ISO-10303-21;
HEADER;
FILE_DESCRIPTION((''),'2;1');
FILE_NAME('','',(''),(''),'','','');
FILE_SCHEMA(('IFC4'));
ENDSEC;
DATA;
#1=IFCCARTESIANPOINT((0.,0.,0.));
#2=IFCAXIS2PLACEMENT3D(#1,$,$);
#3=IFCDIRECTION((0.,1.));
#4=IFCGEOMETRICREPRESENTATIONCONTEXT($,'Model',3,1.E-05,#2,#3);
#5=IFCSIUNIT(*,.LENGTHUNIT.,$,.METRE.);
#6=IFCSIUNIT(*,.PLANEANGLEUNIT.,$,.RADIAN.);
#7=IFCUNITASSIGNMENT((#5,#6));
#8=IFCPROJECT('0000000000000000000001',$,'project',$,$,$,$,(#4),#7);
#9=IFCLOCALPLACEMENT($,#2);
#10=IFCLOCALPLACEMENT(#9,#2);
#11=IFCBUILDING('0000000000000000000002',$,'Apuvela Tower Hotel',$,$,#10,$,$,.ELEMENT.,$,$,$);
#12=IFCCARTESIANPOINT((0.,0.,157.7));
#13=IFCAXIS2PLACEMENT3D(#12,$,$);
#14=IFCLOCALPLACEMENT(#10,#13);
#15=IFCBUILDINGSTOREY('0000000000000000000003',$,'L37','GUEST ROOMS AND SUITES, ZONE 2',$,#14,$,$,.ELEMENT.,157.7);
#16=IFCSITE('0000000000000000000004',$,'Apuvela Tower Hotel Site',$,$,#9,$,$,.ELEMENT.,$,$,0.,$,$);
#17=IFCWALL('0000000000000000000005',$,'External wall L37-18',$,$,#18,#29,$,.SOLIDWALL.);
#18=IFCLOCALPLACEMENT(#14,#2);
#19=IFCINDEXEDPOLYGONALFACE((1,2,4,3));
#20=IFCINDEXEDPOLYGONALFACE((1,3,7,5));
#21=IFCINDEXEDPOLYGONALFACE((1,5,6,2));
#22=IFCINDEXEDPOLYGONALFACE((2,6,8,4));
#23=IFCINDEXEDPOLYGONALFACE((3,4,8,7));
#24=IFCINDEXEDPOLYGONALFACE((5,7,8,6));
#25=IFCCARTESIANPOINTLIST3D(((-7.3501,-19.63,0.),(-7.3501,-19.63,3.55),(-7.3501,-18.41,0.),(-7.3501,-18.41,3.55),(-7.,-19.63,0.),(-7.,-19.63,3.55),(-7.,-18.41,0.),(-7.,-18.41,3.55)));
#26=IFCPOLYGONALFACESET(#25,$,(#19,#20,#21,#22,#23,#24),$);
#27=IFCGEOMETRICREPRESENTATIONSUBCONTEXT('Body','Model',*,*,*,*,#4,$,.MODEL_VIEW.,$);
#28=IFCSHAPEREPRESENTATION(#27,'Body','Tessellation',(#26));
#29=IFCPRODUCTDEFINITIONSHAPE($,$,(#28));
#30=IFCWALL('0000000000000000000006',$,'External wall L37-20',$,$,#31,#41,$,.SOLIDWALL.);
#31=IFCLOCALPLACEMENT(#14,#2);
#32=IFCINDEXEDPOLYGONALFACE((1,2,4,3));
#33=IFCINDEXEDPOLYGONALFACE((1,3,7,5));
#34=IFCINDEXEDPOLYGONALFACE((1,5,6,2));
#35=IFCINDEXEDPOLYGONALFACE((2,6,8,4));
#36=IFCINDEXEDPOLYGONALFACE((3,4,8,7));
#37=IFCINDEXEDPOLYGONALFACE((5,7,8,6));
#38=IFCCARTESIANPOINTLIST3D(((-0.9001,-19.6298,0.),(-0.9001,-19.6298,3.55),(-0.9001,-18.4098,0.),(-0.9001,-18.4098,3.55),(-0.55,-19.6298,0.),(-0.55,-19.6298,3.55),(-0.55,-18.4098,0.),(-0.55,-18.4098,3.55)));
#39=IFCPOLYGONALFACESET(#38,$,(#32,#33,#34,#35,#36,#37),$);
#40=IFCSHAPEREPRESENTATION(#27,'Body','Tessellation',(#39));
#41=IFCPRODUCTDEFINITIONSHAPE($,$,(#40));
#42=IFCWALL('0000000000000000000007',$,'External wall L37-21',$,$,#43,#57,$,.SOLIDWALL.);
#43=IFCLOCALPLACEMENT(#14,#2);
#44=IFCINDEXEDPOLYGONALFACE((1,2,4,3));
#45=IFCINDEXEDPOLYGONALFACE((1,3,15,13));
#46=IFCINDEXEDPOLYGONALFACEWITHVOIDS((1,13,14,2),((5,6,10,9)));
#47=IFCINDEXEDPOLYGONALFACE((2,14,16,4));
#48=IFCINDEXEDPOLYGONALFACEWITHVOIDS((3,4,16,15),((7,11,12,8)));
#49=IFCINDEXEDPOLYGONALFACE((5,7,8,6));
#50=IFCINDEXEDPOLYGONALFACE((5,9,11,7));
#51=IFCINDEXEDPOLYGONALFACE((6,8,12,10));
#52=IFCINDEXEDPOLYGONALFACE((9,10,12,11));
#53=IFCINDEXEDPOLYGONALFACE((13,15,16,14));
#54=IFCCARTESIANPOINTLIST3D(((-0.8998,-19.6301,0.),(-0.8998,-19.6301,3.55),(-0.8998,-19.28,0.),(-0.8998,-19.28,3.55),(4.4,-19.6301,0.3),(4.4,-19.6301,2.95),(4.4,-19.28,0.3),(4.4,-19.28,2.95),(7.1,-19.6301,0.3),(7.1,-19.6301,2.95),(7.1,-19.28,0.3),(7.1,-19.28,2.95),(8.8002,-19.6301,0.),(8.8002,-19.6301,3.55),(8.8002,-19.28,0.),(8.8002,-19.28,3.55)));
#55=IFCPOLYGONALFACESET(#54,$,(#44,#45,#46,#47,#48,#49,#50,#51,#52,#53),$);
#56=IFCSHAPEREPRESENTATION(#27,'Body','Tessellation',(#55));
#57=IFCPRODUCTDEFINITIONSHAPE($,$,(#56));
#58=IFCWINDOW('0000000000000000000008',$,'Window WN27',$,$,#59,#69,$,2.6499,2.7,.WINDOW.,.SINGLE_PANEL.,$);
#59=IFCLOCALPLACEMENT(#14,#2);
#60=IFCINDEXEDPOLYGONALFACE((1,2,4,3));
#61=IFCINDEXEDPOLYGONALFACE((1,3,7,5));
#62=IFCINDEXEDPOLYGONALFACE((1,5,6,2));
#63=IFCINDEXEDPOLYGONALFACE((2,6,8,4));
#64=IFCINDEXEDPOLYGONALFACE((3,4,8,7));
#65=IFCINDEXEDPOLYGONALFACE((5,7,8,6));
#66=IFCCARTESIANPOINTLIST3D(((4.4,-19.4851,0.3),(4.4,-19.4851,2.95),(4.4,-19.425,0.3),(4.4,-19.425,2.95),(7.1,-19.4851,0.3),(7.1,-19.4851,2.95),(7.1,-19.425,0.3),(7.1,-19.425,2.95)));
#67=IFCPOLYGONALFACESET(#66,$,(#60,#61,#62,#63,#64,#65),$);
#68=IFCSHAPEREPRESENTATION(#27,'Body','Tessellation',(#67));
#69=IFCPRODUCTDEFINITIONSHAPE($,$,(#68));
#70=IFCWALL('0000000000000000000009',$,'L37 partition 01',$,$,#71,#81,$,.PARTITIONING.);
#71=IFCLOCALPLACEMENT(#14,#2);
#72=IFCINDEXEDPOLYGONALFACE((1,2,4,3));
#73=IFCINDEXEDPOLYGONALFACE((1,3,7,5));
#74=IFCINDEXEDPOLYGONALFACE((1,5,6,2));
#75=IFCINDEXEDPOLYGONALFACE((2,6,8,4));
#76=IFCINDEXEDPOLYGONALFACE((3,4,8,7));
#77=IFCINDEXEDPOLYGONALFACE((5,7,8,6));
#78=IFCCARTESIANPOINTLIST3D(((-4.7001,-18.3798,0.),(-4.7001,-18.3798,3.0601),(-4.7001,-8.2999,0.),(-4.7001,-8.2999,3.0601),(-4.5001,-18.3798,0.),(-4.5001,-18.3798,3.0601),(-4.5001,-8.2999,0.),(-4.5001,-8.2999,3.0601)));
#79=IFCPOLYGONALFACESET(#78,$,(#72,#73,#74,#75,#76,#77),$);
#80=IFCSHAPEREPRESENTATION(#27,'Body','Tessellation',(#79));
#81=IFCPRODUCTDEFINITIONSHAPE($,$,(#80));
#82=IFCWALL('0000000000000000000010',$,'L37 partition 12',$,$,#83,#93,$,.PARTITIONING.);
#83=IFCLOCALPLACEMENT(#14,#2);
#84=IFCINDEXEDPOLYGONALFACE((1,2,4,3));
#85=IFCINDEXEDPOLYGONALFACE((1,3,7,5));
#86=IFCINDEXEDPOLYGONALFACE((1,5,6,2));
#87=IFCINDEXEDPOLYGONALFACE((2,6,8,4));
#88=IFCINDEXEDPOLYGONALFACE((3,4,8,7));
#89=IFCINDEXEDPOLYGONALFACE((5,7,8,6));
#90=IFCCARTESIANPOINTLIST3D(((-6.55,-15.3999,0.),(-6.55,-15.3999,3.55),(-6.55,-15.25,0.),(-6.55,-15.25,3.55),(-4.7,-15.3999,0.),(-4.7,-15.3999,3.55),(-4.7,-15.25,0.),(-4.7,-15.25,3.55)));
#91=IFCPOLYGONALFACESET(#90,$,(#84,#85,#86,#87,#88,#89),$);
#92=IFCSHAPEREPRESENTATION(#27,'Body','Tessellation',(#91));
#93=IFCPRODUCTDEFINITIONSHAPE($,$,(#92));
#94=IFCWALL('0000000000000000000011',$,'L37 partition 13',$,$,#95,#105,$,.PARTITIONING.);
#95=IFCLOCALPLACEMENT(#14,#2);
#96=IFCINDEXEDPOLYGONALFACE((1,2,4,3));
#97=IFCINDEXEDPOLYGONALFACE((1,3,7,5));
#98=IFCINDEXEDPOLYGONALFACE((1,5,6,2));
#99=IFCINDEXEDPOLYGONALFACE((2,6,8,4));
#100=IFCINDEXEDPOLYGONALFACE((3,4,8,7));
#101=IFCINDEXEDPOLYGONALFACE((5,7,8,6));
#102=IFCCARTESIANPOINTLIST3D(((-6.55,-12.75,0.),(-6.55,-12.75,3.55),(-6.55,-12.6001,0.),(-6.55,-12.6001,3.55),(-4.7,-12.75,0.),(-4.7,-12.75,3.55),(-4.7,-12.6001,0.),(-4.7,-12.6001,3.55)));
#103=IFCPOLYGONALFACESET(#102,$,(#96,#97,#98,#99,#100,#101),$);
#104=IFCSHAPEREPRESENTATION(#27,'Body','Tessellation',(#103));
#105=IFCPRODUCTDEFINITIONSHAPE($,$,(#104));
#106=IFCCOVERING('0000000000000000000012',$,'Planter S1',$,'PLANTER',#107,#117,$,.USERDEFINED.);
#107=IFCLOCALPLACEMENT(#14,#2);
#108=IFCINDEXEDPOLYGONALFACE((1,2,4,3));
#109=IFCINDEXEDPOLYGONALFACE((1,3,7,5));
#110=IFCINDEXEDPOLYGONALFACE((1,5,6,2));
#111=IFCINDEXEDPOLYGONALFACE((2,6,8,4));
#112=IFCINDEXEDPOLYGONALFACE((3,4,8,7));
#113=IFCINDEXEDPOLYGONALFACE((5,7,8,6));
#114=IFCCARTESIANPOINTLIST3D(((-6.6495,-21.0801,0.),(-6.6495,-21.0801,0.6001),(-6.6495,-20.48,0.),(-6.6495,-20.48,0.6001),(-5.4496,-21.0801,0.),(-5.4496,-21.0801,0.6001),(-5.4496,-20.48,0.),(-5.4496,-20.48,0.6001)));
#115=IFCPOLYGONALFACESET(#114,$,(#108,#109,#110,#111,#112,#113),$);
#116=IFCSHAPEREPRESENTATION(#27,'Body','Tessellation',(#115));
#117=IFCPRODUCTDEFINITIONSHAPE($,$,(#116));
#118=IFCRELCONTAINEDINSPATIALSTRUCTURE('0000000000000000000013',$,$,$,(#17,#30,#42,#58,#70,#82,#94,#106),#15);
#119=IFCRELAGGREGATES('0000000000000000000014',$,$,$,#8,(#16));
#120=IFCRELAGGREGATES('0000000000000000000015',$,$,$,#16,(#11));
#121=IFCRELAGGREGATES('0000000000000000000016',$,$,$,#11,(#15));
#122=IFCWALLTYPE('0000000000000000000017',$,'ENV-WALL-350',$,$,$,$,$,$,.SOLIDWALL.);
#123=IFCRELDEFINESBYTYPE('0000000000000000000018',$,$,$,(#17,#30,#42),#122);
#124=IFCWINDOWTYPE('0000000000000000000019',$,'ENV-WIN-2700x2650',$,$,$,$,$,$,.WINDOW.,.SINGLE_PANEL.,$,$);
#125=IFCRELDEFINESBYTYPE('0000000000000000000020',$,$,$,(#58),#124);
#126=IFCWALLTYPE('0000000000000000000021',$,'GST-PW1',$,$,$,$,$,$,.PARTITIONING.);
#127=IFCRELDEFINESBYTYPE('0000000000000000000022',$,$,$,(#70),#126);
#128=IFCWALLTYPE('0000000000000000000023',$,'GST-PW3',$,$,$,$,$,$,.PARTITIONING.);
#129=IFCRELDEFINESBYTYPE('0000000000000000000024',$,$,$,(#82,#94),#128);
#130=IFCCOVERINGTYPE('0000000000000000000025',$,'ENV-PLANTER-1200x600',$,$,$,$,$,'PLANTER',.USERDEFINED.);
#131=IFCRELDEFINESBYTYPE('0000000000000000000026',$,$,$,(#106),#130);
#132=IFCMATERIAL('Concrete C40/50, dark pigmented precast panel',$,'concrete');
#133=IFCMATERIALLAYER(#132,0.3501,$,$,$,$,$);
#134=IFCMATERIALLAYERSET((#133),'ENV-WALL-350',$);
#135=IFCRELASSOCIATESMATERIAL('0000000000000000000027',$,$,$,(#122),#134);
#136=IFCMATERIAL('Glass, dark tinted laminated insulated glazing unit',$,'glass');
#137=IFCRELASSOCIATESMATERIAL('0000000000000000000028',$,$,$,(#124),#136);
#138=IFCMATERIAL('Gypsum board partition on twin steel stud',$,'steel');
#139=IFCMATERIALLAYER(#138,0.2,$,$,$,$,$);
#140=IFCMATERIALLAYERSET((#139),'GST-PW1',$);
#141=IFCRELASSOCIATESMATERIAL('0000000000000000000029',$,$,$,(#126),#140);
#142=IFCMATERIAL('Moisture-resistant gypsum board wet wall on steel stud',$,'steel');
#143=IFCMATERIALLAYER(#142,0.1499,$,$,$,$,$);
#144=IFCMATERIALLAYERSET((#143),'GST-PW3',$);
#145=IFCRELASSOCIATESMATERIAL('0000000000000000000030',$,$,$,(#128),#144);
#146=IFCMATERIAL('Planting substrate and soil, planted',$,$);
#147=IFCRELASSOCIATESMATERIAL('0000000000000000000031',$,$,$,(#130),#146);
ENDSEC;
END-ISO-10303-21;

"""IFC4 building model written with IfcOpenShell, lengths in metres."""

from ifc_helpers import new_model, si_unit, direction, frame, frame_2d, origin, origin_2d, place, context, subcontext, project, spatial, rectangle, extrude, material, layer, layer_set, type_object, element, fill, save


model = new_model("IFC4")

# Units and contexts
model_context = context("Model", 3, precision=1e-05, world=origin(), true_north=direction((0.0, 1.0)))
body_context = subcontext(model_context, "Body", "Model", "MODEL_VIEW")
ifc_project = project(units=[si_unit("LENGTHUNIT", "METRE"), si_unit("PLANEANGLEUNIT", "RADIAN")], contexts=[model_context])

# Site, building, storey
site_placement = place(None, origin())
site = spatial("IfcSite", under=ifc_project, at=site_placement, Name="Apuvela Tower Hotel Site", CompositionType="ELEMENT", RefElevation=0.0)
building_placement = place(site_placement, origin())
building = spatial("IfcBuilding", under=site, at=building_placement, Name="Apuvela Tower Hotel", CompositionType="ELEMENT")
storey_placement = place(building_placement, frame((0.0, 0.0, 157.7)))
storey = spatial("IfcBuildingStorey", under=building, at=storey_placement, Name="L37", Description="GUEST ROOMS AND SUITES, ZONE 2", CompositionType="ELEMENT", Elevation=157.7)

# Wall
ifc_material_1 = material(Name="Concrete C40/50, dark pigmented precast panel", Category="concrete")
ifc_layer_1 = layer(ifc_material_1, 0.3501)
ifc_layer_set_1 = layer_set([ifc_layer_1], Name="ENV-WALL-350")
wall_type_1 = type_object("IfcWallType", Name="ENV-WALL-350", PredefinedType="SOLIDWALL", material=ifc_layer_set_1)
wall_1_placement = place(storey_placement, frame((-7.175, -19.6299, 0.0), z_axis=(0.0, 0.0, 1.0), x_axis=(0.0, 1.0, 0.0)))
element("IfcWall", 1, at=wall_1_placement, inside=storey, type_object=wall_type_1, Name="External wall L37-18", PredefinedType="SOLIDWALL", context=body_context, shape_type="SweptSolid", body=[
    extrude(rectangle(XDim=1.22, YDim=0.3501, at=frame_2d((0.6099, 0.0))), origin(), (0.0, 0.0, 1.0), 3.55),
])

# Shared definitions
ifc_material_2 = material(Name="Glass, dark tinted laminated insulated glazing unit", Category="glass")

# Wall
wall_2_placement = place(storey_placement, frame((-0.7251, -18.4099, 0.0), z_axis=(0.0, 0.0, 1.0), x_axis=(0.0, -1.0, 0.0)))
element("IfcWall", 2, at=wall_2_placement, inside=storey, type_object=wall_type_1, Name="External wall L37-20", PredefinedType="SOLIDWALL", context=body_context, shape_type="SweptSolid", body=[
    extrude(rectangle(XDim=1.22, YDim=0.3501, at=frame_2d((0.6099, 0.0))), origin(), (0.0, 0.0, 1.0), 3.55),
])

# Wall, opening, window
wall_3_placement = place(storey_placement, frame((-0.8999, -19.4551, 0.0), z_axis=(0.0, 0.0, 1.0), x_axis=(1.0, 0.0, 0.0)))
wall_3 = element("IfcWall", 3, at=wall_3_placement, inside=storey, type_object=wall_type_1, Name="External wall L37-21", PredefinedType="SOLIDWALL", context=body_context, shape_type="SweptSolid", body=[
    extrude(rectangle(XDim=9.7, YDim=0.3501, at=frame_2d((4.8501, 0.0))), origin(), (0.0, 0.0, 1.0), 3.55),
])
opening_1_placement = place(wall_3_placement, frame((5.2998, 0.0, 0.3)))
opening_1 = element("IfcOpeningElement", 4, at=opening_1_placement, cuts=wall_3, PredefinedType="OPENING", context=body_context, shape_type="SweptSolid", body=[
    extrude(rectangle(XDim=2.7, YDim=2.6499, at=frame_2d((1.3501, 1.325))), frame((0.0, 0.1851, 0.0), z_axis=(0.0, -1.0, 0.0), x_axis=(1.0, 0.0, 0.0)), (0.0, 0.0, 1.0), 0.3701),
])
window_type_1 = type_object("IfcWindowType", Name="ENV-WIN-2700x2650", PartitioningType="SINGLE_PANEL", PredefinedType="WINDOW", material=ifc_material_2)
window_1_placement = place(opening_1_placement, origin())
window_1 = element("IfcWindow", 5, at=window_1_placement, inside=storey, type_object=window_type_1, Name="Window WN27", OverallHeight=2.6499, OverallWidth=2.7, PartitioningType="SINGLE_PANEL", PredefinedType="WINDOW", context=body_context, shape_type="SweptSolid", body=[
    extrude(rectangle(XDim=2.7, YDim=2.6499, at=frame_2d((1.3501, 1.325))), frame((0.0, 0.03, 0.0), z_axis=(0.0, -1.0, 0.0), x_axis=(1.0, 0.0, 0.0)), (0.0, 0.0, 1.0), 0.0601),
])
fill(opening_1, window_1)

# Walls
ifc_material_3 = material(Name="Gypsum board partition on twin steel stud", Category="steel")
ifc_layer_2 = layer(ifc_material_3, 0.2)
ifc_layer_set_2 = layer_set([ifc_layer_2], Name="GST-PW1")
wall_type_2 = type_object("IfcWallType", Name="GST-PW1", PredefinedType="PARTITIONING", material=ifc_layer_set_2)
wall_4_placement = place(storey_placement, frame((-4.6001, -18.3799, 0.0), z_axis=(0.0, 0.0, 1.0), x_axis=(0.0, 1.0, 0.0)))
element("IfcWall", 6, at=wall_4_placement, inside=storey, type_object=wall_type_2, Name="L37 partition 01", PredefinedType="PARTITIONING", context=body_context, shape_type="SweptSolid", body=[
    extrude(rectangle(XDim=10.0798, YDim=0.2, at=frame_2d((5.04, 0.0))), origin(), (0.0, 0.0, 1.0), 3.0601),
])
ifc_material_4 = material(Name="Moisture-resistant gypsum board wet wall on steel stud", Category="steel")
ifc_layer_3 = layer(ifc_material_4, 0.1499)
ifc_layer_set_3 = layer_set([ifc_layer_3], Name="GST-PW3")
wall_type_3 = type_object("IfcWallType", Name="GST-PW3", PredefinedType="PARTITIONING", material=ifc_layer_set_3)
for number, where, z_axis, x_axis, name in (
    (7, (-6.55, -15.325, 0.0), (0.0, 0.0, 1.0), (1.0, 0.0, 0.0), "L37 partition 12"),
    (8, (-6.55, -12.675, 0.0), (0.0, 0.0, 1.0), (1.0, 0.0, 0.0), "L37 partition 13"),
):
    element("IfcWall", number, at=place(storey_placement, frame(where, z_axis=z_axis, x_axis=x_axis)), inside=storey, type_object=wall_type_3, Name=name, PredefinedType="PARTITIONING", context=body_context, shape_type="SweptSolid", body=[
        extrude(rectangle(XDim=1.8501, YDim=0.1499, at=frame_2d((0.925, 0.0))), origin(), (0.0, 0.0, 1.0), 3.55),
    ])

# Covering
ifc_material_5 = material(Name="Planting substrate and soil, planted")
covering_type = type_object("IfcCoveringType", Name="ENV-PLANTER-1200x600", ElementType="PLANTER", PredefinedType="USERDEFINED", material=ifc_material_5)
covering_placement = place(storey_placement, frame((-6.0496, -20.78, 0.0), z_axis=(0.0, 0.0, 1.0), x_axis=(1.0, 0.0, 0.0)))
element("IfcCovering", 9, at=covering_placement, inside=storey, type_object=covering_type, Name="Planter S1", ObjectType="PLANTER", PredefinedType="USERDEFINED", context=body_context, shape_type="SweptSolid", body=[
    extrude(rectangle(XDim=1.2, YDim=0.6001, at=origin_2d()), origin(), (0.0, 0.0, 1.0), 0.6001),
])

save(model, "model.ifc")
